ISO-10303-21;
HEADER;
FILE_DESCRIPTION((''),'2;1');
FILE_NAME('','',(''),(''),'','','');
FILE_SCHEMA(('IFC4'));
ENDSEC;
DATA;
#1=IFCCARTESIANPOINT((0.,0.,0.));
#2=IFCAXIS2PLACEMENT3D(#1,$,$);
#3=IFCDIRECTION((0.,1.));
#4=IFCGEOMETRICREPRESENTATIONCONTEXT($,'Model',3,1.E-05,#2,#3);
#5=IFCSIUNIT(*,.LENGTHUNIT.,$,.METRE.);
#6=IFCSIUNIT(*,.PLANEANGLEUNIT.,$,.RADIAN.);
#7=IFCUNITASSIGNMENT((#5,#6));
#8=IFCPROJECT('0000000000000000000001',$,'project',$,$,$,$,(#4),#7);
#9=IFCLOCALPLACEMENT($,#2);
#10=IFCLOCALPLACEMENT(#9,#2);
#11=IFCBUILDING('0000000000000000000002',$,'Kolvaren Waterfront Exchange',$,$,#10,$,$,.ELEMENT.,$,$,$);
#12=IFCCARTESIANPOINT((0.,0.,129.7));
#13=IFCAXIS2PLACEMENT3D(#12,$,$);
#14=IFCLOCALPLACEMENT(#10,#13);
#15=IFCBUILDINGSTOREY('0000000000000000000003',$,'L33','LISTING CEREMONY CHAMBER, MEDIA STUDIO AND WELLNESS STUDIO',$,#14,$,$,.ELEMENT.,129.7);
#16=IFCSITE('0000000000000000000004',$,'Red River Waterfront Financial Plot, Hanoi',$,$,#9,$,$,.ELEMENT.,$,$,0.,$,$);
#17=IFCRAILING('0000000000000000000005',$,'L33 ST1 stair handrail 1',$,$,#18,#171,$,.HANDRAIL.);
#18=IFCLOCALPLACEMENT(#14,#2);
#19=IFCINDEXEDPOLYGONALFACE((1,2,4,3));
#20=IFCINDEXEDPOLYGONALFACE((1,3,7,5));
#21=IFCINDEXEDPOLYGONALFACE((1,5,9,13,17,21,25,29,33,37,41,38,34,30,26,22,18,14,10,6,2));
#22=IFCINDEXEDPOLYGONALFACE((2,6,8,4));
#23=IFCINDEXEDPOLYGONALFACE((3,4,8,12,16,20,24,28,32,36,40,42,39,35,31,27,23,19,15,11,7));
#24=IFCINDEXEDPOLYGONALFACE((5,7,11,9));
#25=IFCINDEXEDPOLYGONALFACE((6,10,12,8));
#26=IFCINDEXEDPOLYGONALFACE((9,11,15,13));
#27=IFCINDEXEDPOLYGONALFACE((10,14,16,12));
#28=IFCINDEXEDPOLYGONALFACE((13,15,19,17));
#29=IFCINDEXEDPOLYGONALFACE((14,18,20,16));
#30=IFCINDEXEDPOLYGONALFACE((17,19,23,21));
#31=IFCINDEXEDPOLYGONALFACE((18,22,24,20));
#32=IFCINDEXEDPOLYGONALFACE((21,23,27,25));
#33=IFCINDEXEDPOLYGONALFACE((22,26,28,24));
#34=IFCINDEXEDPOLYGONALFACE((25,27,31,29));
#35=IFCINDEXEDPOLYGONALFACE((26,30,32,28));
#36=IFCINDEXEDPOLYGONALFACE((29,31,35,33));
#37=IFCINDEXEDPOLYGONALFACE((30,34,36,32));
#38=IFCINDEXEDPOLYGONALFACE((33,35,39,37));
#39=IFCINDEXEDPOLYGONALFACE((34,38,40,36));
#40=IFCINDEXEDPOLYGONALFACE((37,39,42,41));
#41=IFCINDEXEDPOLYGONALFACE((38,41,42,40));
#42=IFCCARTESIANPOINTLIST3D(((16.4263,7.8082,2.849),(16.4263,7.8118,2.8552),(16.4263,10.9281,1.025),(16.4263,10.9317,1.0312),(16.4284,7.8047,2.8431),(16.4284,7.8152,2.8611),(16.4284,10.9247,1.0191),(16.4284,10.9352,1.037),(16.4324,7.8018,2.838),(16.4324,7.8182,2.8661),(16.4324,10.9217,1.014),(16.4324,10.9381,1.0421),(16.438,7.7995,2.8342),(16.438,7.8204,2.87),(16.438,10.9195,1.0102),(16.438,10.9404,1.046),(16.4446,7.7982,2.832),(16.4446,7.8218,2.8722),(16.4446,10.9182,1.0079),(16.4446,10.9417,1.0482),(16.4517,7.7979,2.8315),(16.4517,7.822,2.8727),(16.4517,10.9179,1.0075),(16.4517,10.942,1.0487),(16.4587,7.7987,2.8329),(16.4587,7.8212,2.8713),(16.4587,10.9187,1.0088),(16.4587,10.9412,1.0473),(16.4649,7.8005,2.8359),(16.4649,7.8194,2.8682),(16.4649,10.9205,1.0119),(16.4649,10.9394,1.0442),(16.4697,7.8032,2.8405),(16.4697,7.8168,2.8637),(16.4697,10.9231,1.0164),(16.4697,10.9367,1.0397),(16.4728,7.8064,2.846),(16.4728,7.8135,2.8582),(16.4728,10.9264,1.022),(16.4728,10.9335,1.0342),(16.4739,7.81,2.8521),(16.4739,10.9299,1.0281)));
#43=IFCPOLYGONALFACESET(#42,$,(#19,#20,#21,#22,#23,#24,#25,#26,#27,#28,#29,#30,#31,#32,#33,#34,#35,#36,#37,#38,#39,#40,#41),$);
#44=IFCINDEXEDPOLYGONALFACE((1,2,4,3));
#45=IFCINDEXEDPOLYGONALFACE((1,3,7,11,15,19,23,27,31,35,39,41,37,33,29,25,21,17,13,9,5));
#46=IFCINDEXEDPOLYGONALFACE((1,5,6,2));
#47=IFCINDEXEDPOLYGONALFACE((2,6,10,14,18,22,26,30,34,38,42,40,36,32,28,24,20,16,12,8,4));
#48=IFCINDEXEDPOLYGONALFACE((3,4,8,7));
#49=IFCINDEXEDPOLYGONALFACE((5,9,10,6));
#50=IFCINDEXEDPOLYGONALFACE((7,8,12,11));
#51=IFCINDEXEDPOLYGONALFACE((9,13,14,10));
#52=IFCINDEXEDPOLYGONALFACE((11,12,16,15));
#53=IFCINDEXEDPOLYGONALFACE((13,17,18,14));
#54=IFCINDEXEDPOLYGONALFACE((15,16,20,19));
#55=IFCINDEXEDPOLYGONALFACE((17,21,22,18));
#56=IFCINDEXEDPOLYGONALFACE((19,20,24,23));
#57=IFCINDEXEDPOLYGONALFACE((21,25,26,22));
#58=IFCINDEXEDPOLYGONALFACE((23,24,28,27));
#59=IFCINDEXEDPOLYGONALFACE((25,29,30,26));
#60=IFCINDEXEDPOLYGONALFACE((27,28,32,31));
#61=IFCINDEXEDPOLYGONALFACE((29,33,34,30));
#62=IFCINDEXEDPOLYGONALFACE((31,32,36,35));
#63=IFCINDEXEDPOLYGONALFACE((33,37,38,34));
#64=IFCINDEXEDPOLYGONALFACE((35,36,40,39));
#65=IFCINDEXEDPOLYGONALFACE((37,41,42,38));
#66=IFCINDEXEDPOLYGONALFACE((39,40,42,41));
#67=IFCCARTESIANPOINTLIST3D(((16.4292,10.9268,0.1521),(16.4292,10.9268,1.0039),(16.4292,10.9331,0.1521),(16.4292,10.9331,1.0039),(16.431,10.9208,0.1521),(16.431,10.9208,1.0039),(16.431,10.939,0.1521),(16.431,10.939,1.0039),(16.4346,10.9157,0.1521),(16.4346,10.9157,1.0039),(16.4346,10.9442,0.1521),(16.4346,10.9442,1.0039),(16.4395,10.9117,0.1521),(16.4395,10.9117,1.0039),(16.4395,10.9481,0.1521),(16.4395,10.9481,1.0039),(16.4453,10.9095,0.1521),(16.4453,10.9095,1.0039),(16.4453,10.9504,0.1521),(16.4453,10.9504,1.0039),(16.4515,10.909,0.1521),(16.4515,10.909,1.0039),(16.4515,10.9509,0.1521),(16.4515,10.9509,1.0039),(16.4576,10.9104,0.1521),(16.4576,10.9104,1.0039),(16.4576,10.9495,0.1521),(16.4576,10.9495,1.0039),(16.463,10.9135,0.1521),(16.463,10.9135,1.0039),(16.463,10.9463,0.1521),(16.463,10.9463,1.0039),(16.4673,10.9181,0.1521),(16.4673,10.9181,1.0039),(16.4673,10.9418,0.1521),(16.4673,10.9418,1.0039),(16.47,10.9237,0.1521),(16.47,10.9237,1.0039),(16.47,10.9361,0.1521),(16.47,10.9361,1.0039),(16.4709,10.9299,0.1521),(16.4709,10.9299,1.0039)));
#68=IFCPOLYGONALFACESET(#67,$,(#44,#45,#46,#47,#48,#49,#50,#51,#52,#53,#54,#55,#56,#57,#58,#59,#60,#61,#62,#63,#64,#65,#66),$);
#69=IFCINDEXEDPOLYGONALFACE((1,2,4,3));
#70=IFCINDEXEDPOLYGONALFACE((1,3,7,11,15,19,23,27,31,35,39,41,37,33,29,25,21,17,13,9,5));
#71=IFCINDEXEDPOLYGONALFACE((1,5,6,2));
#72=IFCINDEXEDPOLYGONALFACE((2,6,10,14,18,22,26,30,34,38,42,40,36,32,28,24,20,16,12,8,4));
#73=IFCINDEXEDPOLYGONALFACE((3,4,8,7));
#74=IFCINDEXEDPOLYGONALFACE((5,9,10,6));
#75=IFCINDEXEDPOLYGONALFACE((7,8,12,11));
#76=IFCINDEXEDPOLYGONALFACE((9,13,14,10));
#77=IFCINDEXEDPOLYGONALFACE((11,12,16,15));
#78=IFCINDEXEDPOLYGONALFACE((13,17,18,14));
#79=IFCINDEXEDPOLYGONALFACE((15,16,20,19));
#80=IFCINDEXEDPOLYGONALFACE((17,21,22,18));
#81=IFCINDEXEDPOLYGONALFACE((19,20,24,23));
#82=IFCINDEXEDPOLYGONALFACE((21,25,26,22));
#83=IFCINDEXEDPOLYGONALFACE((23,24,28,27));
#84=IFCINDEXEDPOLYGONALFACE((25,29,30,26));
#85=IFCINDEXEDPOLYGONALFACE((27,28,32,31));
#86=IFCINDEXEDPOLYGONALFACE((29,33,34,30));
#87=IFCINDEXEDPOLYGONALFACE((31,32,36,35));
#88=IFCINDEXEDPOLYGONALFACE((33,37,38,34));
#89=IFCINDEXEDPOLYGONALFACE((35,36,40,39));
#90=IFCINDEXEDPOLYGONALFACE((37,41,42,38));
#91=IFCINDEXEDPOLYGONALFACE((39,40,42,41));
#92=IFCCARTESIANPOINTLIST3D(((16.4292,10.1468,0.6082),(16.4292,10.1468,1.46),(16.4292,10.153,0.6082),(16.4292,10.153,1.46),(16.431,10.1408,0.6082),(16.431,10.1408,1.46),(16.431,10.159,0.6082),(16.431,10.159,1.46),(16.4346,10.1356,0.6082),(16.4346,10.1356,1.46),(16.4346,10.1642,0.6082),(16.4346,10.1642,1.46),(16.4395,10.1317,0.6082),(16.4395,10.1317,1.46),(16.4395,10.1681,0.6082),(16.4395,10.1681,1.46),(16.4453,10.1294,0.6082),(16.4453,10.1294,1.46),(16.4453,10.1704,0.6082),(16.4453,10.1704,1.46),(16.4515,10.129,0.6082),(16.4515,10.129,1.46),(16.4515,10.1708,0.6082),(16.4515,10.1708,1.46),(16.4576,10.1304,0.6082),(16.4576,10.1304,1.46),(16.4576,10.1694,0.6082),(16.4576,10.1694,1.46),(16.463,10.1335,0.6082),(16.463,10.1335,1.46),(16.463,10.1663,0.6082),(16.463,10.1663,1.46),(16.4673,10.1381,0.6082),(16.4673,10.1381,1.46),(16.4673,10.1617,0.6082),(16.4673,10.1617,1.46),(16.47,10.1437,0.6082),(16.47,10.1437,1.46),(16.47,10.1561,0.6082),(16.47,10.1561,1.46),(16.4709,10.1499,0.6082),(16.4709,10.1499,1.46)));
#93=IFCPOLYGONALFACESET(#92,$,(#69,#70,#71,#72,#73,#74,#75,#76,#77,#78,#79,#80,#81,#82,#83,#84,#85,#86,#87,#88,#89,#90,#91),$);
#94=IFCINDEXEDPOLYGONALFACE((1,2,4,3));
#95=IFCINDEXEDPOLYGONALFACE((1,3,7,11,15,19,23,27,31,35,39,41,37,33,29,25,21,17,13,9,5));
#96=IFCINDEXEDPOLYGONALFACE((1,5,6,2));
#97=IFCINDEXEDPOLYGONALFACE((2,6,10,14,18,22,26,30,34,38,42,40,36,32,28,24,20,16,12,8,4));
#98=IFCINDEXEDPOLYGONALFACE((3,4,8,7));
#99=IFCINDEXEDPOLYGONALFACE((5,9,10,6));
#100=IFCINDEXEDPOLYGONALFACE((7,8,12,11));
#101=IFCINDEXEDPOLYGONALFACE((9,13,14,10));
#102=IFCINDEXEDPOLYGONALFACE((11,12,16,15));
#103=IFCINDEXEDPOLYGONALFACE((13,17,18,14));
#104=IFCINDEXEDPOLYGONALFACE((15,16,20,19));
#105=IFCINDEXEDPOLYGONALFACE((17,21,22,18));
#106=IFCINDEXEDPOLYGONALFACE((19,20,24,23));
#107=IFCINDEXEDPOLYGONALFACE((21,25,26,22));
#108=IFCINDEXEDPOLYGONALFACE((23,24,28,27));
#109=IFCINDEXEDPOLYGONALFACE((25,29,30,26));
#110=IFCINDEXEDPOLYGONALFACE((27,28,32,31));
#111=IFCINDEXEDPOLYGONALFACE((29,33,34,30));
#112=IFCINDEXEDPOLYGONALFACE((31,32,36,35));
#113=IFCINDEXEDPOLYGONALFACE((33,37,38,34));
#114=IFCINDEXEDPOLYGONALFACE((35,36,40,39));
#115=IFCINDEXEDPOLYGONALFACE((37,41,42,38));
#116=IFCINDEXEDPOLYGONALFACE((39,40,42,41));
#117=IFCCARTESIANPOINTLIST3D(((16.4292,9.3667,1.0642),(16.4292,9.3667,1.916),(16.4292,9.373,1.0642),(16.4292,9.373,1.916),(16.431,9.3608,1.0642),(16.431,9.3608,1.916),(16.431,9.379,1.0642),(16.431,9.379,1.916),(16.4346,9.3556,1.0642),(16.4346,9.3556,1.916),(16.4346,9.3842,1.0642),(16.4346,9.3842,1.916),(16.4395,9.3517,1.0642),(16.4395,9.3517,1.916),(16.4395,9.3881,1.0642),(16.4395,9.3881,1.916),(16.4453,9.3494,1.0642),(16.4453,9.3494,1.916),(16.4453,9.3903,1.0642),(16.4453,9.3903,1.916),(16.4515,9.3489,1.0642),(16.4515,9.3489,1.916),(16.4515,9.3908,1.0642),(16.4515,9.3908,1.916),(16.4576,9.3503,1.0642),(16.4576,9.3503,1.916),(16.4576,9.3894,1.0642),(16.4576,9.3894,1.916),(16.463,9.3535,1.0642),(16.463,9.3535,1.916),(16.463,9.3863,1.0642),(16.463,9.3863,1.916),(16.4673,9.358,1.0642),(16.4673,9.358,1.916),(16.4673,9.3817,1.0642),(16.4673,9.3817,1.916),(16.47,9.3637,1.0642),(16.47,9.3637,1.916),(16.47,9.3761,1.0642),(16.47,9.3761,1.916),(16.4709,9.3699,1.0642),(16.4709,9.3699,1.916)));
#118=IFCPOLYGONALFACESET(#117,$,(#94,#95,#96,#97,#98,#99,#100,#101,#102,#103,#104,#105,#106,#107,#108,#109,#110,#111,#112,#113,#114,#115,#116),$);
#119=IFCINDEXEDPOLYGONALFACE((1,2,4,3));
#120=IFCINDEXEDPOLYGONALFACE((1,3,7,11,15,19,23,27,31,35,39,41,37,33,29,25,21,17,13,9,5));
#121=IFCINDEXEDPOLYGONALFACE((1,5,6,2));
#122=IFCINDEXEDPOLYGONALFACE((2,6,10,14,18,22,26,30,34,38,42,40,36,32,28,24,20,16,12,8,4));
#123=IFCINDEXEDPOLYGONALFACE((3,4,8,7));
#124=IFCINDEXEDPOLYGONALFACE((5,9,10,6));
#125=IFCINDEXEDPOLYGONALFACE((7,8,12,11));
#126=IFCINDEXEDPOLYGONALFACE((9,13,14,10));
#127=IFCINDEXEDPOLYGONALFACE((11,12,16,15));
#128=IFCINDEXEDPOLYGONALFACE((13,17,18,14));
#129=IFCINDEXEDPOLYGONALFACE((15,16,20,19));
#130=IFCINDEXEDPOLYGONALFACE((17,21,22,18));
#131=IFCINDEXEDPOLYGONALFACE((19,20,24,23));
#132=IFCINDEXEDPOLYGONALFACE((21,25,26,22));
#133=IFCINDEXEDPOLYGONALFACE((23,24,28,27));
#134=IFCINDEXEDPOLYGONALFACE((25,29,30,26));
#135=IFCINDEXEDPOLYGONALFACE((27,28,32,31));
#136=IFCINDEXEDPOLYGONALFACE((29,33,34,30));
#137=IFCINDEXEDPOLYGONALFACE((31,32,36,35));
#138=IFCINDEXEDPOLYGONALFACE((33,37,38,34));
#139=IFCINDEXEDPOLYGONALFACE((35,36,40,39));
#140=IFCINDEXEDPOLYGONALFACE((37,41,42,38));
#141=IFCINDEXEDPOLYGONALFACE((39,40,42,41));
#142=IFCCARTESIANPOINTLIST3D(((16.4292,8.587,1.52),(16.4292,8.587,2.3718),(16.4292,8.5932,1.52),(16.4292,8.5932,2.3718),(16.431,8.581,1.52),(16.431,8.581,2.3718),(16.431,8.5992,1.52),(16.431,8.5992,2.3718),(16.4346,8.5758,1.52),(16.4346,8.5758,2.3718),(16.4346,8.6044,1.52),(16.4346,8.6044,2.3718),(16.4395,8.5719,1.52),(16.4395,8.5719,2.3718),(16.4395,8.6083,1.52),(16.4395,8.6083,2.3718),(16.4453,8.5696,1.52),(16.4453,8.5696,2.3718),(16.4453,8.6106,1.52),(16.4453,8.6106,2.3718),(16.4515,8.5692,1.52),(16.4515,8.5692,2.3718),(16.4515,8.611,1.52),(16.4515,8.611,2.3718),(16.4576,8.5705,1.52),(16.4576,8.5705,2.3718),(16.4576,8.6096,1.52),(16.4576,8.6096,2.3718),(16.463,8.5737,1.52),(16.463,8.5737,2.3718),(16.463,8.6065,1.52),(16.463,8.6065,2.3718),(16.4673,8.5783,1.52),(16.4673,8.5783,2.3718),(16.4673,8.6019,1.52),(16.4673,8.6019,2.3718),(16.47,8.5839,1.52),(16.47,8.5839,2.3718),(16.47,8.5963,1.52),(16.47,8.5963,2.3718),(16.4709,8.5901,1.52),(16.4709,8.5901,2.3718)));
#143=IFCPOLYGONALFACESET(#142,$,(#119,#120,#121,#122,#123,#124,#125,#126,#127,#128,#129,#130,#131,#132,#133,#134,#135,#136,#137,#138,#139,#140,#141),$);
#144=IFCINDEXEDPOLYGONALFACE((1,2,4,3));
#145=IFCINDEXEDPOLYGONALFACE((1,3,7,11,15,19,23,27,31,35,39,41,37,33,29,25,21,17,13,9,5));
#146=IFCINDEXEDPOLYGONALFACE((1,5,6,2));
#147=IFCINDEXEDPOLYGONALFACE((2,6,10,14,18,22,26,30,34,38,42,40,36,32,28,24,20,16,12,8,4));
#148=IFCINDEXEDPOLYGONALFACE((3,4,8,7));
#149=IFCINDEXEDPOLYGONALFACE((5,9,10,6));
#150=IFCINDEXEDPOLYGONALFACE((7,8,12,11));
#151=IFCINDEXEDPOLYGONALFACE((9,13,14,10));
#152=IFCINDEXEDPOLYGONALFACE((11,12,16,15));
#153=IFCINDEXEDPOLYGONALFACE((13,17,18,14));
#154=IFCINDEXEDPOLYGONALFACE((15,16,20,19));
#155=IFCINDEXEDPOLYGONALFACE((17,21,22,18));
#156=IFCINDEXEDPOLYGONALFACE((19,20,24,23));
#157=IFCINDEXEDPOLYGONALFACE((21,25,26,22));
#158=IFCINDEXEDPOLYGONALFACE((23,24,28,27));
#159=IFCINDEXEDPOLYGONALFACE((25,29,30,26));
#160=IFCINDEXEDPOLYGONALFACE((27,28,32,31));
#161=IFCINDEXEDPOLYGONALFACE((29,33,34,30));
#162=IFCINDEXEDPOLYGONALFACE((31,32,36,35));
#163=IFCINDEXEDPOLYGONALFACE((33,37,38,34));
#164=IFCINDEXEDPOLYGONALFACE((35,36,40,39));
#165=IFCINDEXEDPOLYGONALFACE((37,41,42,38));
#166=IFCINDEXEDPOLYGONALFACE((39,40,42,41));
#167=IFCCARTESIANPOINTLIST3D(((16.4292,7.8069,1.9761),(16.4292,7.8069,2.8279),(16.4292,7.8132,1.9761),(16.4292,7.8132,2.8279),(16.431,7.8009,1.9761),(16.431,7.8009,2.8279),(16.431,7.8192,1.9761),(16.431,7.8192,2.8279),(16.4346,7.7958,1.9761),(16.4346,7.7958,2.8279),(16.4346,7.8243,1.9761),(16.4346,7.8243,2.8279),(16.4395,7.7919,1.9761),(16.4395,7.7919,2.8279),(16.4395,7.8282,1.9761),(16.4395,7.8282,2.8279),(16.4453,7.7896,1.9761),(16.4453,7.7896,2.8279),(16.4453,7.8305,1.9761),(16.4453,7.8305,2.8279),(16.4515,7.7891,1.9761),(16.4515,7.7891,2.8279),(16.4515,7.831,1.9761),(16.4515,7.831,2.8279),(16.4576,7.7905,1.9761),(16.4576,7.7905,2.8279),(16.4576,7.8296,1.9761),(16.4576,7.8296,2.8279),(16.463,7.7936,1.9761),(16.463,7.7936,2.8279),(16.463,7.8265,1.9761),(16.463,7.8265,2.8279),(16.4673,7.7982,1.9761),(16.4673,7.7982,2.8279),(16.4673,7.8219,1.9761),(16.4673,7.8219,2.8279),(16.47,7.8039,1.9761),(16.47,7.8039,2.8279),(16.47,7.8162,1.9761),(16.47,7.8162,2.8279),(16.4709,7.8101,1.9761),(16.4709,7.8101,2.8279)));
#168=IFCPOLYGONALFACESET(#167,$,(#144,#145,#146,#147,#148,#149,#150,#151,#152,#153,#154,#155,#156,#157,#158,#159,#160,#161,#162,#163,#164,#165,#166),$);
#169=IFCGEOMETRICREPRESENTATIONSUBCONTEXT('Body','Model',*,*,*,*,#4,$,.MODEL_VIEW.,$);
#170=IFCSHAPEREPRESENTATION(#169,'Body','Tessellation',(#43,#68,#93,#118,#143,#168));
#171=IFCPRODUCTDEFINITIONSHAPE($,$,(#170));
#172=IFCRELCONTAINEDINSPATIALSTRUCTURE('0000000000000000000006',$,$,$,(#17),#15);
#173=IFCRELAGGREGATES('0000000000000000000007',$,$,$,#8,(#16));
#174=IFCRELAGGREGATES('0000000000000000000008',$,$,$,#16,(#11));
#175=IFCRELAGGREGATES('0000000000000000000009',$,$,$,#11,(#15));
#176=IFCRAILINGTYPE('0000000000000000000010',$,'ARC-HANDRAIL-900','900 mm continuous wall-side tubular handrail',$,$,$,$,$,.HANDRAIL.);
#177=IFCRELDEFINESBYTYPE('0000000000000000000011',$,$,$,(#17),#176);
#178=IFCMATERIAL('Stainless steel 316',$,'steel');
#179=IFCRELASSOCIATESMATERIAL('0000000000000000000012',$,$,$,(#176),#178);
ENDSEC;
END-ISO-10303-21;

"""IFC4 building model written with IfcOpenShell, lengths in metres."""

from ifc_helpers import new_model, si_unit, direction, frame, origin, origin_2d, place, context, subcontext, project, spatial, circle, extrude, material, type_object, element, save


model = new_model("IFC4")

# Units and contexts
model_context = context("Model", 3, precision=1e-05, world=origin(), true_north=direction((0.0, 1.0)))
body_context = subcontext(model_context, "Body", "Model", "MODEL_VIEW")
ifc_project = project(units=[si_unit("LENGTHUNIT", "METRE"), si_unit("PLANEANGLEUNIT", "RADIAN")], contexts=[model_context])

# Site, building, storey
site_placement = place(None, origin())
site = spatial("IfcSite", under=ifc_project, at=site_placement, Name="Red River Waterfront Financial Plot, Hanoi", CompositionType="ELEMENT", RefElevation=0.0)
building_placement = place(site_placement, origin())
building = spatial("IfcBuilding", under=site, at=building_placement, Name="Kolvaren Waterfront Exchange", CompositionType="ELEMENT")
storey_placement = place(building_placement, frame((0.0, 0.0, 129.7)))
storey = spatial("IfcBuildingStorey", under=building, at=storey_placement, Name="L33", Description="LISTING CEREMONY CHAMBER, MEDIA STUDIO AND WELLNESS STUDIO", CompositionType="ELEMENT", Elevation=129.7)

# Railing
ifc_material_1 = material(Name="Stainless steel 316", Category="steel")
railing_type_1 = type_object("IfcRailingType", Name="ARC-HANDRAIL-900", Description="900 mm continuous wall-side tubular handrail", PredefinedType="HANDRAIL", material=ifc_material_1)
railing_1_placement = place(storey_placement, frame((16.45, 10.9299, 0.1521)))
element("IfcRailing", 1, at=railing_1_placement, inside=storey, type_object=railing_type_1, Name="L33 ST1 stair handrail 1", PredefinedType="HANDRAIL", context=body_context, shape_type="SweptSolid", body=[
    extrude(circle(Radius=0.0239, at=origin_2d()), frame((0.0, 0.0, 0.876), z_axis=(0.0, -0.863291, 0.504707), x_axis=(1.0, 0.0, 0.0)), (0.0, 0.0, 1.0), 3.614),
    extrude(circle(Radius=0.021, at=origin_2d()), origin(), (0.0, 0.0, 1.0), 0.8518),
    extrude(circle(Radius=0.021, at=origin_2d()), frame((0.0, -0.78, 0.4561)), (0.0, 0.0, 1.0), 0.8518),
    extrude(circle(Radius=0.021, at=origin_2d()), frame((0.0, -1.5601, 0.9121)), (0.0, 0.0, 1.0), 0.8518),
    extrude(circle(Radius=0.021, at=origin_2d()), frame((0.0, -2.3398, 1.3679)), (0.0, 0.0, 1.0), 0.8518),
    extrude(circle(Radius=0.021, at=origin_2d()), frame((0.0, -3.1199, 1.824)), (0.0, 0.0, 1.0), 0.8518),
])

save(model, "model.ifc")
